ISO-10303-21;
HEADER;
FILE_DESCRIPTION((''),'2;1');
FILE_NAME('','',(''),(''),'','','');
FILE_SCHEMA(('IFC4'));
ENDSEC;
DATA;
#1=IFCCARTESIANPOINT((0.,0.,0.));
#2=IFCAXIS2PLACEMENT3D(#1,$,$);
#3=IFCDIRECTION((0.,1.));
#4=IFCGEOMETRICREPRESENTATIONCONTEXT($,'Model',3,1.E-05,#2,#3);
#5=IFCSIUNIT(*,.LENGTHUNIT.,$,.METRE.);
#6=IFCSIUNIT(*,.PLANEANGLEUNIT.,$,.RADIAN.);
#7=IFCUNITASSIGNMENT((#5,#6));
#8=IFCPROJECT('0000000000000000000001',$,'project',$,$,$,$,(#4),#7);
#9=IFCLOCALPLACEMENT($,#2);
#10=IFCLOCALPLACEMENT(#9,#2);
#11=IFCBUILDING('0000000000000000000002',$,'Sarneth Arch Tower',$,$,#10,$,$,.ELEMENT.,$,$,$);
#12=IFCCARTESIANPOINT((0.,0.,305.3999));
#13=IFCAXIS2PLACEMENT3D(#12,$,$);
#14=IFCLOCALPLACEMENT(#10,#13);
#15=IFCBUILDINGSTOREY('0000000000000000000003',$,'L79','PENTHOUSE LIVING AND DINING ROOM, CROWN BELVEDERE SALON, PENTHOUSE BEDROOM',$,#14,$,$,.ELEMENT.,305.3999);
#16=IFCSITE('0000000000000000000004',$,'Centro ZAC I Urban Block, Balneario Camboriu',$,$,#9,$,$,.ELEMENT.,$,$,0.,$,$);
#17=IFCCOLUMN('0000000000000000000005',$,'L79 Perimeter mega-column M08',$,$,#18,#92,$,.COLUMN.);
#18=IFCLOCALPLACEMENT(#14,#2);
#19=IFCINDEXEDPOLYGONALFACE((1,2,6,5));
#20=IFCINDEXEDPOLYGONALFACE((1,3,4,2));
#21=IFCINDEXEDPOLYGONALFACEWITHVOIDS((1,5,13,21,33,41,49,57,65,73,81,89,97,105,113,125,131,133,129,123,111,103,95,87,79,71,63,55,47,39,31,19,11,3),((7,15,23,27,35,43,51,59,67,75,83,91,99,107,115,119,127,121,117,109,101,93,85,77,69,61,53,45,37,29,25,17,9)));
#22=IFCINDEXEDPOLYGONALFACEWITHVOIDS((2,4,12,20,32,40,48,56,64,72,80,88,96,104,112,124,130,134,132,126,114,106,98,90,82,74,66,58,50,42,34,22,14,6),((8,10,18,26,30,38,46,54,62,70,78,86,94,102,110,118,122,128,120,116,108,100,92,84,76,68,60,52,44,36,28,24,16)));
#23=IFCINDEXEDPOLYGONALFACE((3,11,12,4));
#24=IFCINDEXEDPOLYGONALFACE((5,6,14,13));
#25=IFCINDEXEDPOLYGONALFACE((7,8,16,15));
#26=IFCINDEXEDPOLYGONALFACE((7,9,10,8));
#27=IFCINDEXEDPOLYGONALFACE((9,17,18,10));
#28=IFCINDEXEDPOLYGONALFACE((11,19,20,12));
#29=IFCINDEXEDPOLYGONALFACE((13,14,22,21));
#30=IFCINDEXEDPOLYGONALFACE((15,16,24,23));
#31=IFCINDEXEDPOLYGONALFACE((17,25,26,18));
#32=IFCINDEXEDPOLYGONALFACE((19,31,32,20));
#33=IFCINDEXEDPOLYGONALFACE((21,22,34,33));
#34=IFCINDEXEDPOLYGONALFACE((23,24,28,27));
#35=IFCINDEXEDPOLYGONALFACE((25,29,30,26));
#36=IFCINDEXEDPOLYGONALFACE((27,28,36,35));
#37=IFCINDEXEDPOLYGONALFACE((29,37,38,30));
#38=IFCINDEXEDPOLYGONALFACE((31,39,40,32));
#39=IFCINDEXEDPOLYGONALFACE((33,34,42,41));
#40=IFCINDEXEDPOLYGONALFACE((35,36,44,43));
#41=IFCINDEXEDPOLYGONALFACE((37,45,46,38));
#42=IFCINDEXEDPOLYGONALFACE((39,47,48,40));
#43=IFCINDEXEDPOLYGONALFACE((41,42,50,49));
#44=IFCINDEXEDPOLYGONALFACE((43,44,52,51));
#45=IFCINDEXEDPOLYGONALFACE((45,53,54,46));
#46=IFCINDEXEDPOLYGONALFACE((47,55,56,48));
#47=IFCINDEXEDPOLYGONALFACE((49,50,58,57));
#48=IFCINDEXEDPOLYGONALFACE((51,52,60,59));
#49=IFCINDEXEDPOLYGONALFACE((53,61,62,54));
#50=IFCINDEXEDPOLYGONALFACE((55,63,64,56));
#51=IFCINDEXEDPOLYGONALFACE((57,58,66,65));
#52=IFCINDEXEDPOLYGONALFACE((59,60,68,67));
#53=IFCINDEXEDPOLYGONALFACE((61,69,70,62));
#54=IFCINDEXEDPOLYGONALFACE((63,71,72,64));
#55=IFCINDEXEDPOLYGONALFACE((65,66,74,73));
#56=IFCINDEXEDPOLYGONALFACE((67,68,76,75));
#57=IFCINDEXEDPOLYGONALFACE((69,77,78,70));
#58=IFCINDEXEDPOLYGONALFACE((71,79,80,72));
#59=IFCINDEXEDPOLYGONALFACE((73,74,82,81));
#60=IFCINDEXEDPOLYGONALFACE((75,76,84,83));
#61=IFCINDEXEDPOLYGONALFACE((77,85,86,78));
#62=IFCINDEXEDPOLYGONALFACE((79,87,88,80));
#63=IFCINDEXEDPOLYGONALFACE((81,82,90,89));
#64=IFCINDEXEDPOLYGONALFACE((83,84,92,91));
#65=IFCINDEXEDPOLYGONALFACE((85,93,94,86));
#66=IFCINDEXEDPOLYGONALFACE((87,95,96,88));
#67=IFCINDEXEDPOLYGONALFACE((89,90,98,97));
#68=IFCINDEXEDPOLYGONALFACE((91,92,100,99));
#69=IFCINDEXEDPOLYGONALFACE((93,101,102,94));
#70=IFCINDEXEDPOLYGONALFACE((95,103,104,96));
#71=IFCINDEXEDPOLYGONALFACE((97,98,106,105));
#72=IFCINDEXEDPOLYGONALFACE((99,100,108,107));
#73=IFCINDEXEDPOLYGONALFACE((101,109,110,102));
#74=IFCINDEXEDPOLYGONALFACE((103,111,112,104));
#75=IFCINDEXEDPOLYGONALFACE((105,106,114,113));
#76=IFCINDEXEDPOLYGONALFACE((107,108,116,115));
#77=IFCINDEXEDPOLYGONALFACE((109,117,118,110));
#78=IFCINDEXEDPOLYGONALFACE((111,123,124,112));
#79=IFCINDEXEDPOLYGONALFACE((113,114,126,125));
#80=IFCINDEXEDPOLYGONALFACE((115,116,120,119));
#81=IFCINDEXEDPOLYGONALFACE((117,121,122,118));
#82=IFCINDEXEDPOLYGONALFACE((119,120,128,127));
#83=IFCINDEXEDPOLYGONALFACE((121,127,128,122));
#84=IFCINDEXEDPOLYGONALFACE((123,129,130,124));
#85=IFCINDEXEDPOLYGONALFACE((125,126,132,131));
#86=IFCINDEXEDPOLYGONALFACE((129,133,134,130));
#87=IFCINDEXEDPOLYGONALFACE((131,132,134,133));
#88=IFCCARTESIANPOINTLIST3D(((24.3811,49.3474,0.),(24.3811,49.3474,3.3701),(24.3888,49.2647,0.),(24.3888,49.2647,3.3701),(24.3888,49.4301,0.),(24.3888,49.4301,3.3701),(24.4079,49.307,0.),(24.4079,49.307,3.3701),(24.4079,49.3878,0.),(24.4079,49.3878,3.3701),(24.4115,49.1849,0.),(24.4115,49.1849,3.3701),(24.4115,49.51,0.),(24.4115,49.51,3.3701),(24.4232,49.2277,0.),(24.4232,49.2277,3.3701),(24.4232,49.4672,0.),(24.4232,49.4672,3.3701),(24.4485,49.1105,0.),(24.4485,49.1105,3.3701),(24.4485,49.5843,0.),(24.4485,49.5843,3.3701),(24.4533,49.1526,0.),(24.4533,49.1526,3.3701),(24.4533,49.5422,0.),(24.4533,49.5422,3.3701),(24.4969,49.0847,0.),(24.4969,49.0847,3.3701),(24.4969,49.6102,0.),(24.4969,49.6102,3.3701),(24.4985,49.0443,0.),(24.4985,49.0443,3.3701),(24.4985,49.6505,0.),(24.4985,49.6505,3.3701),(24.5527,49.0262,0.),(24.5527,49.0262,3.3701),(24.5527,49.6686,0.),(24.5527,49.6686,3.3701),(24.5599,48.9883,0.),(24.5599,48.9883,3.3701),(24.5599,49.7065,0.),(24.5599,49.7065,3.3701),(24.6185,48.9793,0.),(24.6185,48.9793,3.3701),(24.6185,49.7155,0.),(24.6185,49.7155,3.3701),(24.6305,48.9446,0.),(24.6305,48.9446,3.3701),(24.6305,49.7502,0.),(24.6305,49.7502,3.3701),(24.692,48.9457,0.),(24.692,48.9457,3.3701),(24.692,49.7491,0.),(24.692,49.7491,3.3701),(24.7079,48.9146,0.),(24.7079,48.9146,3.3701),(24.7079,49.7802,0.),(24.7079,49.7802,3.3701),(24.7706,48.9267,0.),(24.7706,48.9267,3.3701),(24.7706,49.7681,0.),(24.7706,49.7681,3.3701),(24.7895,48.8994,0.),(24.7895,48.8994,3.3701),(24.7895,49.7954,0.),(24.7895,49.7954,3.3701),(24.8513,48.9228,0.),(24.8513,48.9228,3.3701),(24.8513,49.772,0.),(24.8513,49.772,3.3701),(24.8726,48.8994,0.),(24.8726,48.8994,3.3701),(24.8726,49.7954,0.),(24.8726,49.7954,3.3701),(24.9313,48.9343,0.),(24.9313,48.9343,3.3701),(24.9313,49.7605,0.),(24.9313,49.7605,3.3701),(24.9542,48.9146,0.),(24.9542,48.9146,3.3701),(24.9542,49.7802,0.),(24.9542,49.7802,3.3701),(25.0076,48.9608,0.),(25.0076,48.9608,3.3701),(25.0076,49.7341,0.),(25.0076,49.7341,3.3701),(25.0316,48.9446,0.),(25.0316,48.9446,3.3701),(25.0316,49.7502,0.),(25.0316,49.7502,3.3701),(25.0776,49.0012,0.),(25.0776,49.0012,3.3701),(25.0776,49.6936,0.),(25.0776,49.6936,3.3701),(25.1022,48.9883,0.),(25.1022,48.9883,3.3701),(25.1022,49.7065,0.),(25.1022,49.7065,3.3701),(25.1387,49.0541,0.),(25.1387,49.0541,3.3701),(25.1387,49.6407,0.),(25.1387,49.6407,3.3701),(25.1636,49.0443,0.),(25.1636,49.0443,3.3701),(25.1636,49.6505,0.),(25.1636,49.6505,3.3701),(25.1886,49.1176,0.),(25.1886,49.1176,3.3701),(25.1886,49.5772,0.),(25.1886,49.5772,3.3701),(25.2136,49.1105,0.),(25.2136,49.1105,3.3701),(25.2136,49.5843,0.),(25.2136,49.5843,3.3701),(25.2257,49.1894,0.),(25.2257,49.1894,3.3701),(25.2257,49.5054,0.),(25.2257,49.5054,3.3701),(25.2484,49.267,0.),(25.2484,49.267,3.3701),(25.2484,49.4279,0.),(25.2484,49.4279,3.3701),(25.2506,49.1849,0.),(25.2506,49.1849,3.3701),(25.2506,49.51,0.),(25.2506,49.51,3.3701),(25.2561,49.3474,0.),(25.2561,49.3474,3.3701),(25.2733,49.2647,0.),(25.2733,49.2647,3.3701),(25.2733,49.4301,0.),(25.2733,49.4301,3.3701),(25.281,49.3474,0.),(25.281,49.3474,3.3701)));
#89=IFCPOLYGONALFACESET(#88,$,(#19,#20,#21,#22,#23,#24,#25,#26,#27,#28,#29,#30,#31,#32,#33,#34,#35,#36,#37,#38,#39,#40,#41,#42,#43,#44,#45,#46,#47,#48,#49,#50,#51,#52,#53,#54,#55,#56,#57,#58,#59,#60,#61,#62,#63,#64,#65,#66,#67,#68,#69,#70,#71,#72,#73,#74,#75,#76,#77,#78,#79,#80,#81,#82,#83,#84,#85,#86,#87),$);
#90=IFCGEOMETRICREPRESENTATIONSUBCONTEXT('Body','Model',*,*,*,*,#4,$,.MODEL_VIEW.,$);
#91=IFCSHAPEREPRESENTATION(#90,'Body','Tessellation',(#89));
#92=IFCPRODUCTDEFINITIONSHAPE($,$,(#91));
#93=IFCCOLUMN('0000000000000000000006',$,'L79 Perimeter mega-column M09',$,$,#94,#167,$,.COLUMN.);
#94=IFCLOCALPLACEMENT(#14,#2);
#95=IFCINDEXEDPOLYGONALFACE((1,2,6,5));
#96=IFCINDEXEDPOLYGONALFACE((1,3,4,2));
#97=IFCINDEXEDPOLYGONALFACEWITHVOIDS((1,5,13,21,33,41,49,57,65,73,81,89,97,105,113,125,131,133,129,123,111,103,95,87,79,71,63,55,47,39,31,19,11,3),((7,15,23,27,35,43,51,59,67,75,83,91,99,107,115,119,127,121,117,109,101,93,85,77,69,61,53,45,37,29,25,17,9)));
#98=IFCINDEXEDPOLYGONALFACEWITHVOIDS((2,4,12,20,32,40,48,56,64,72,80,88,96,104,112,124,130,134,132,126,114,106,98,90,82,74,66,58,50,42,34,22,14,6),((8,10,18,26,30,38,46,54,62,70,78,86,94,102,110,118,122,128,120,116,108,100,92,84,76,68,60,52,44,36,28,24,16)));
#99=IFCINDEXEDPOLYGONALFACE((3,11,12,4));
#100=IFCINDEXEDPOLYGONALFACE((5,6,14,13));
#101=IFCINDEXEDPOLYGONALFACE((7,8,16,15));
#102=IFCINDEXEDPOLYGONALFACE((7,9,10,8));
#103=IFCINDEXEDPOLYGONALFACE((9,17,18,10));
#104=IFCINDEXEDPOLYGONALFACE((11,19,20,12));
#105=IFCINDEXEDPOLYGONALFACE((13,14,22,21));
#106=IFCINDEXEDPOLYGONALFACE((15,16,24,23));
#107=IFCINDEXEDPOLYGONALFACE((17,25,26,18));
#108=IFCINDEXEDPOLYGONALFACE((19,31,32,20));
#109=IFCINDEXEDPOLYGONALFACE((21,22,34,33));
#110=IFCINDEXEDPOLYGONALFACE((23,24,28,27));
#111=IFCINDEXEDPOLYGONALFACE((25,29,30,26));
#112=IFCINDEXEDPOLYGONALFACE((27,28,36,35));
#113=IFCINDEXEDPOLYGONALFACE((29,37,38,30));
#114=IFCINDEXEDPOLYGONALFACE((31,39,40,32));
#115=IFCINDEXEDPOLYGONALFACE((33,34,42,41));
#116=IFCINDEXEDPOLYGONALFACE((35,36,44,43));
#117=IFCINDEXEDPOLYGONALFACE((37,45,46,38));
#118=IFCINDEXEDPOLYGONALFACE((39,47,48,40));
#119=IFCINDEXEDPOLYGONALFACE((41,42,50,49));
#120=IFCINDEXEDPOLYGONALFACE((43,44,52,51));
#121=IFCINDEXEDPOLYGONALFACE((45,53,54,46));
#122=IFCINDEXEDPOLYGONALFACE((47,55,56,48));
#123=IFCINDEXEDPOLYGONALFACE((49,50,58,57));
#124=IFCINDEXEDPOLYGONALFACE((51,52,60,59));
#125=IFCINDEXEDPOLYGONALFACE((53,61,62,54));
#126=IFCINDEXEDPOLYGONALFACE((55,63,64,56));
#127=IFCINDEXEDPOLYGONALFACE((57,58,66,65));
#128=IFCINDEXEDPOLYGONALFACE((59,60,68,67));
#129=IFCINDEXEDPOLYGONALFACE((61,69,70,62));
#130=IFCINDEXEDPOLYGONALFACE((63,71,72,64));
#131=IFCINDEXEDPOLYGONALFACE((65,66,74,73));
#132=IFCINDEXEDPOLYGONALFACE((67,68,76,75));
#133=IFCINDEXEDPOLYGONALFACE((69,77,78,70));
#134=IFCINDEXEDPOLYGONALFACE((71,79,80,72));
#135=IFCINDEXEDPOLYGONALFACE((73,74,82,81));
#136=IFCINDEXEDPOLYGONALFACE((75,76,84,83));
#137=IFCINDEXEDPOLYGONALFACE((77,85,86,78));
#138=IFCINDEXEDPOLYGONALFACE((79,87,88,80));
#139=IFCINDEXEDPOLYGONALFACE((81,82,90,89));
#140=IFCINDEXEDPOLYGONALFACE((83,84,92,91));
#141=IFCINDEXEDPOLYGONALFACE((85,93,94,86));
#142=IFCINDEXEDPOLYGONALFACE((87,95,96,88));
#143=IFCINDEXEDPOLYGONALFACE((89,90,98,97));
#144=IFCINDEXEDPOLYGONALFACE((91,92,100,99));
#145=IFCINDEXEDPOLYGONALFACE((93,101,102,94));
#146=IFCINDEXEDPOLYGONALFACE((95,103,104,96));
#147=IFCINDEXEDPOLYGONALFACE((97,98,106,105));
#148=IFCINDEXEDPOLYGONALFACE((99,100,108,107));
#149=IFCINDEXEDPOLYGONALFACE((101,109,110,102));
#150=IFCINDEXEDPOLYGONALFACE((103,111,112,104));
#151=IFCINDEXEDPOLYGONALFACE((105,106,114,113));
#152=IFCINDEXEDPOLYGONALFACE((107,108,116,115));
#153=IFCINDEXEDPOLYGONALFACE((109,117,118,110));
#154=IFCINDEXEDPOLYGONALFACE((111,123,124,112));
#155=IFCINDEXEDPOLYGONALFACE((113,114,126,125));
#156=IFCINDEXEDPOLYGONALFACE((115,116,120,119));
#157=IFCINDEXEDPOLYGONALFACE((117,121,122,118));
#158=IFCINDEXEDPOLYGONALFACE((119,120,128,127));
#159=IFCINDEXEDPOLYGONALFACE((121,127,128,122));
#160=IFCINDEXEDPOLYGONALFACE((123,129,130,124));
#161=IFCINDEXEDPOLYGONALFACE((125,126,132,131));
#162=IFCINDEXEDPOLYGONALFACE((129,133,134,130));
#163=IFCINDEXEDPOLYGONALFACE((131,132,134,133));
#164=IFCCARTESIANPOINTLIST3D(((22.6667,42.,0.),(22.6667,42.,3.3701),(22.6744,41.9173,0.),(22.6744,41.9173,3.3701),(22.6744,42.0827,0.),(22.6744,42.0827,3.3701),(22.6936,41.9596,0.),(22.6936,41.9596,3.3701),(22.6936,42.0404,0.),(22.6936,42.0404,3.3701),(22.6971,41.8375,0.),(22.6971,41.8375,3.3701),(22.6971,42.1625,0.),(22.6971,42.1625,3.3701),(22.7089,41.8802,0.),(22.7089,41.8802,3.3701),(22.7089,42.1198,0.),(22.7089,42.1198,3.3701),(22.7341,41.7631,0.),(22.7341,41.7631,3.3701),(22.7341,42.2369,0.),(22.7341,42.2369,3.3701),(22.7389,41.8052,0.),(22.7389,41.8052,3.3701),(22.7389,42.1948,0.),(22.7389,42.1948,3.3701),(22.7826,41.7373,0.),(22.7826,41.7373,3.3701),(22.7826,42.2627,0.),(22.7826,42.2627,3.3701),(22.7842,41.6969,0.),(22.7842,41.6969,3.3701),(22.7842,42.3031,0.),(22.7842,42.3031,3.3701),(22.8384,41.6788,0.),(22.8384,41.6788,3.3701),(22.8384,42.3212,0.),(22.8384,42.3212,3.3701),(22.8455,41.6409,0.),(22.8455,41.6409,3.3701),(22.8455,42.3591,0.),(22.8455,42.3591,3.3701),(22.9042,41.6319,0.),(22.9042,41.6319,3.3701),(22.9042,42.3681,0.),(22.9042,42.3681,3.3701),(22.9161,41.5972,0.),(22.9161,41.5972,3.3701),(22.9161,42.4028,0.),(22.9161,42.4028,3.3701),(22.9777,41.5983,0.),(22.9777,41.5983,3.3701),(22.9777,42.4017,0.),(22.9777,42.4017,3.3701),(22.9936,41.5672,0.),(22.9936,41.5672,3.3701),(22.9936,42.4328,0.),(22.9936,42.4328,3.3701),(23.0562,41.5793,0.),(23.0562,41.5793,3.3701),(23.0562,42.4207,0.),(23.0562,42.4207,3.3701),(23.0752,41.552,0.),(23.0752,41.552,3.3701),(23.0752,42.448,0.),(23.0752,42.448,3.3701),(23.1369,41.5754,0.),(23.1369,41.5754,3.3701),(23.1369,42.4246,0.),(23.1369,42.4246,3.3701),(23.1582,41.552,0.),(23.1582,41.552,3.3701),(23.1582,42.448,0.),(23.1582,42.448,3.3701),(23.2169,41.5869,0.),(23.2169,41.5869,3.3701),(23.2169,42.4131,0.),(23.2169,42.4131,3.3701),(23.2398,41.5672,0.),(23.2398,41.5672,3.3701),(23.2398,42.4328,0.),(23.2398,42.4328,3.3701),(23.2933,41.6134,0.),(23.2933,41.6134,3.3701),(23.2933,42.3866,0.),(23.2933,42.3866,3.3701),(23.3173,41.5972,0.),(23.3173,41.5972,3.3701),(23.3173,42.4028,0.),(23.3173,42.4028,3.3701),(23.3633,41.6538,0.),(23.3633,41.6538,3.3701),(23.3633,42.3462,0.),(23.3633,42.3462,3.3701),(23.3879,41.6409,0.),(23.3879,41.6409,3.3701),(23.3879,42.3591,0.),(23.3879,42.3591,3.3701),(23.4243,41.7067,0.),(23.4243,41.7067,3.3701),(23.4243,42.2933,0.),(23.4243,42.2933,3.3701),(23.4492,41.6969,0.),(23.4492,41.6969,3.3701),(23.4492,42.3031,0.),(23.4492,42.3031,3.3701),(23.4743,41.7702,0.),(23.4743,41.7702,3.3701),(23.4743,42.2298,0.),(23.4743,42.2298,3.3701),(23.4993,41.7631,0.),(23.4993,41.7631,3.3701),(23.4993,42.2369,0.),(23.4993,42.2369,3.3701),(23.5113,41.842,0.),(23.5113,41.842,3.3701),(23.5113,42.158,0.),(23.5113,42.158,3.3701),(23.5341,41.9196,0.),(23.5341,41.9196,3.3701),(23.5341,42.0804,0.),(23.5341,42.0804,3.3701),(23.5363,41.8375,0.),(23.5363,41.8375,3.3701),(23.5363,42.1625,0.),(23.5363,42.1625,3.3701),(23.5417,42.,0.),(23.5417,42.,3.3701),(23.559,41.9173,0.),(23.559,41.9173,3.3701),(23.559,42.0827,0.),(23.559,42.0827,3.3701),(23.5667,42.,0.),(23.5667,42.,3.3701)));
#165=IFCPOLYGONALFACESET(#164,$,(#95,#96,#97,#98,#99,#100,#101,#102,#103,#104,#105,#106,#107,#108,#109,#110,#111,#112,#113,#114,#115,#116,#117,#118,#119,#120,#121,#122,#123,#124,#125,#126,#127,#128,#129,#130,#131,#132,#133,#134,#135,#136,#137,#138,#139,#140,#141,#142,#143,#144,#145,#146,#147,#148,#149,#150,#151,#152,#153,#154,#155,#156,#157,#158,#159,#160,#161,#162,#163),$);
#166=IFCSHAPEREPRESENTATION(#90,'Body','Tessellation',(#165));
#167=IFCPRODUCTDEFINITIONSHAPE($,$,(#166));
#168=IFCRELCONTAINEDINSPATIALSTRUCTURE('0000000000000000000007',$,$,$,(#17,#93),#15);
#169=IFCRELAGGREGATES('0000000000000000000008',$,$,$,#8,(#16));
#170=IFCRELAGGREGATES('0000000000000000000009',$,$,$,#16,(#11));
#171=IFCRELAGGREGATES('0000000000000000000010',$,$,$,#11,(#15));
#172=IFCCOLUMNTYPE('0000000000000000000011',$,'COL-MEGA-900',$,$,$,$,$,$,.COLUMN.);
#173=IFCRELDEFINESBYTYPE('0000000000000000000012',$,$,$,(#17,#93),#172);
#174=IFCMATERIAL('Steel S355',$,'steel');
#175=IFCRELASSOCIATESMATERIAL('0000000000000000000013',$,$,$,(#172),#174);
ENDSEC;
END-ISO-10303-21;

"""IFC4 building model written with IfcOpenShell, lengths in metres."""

from ifc_helpers import new_model, si_unit, direction, frame, origin, origin_2d, place, context, subcontext, project, spatial, hollow_circle, extrude, material, material_profile, profile_set, type_object, element, save


model = new_model("IFC4")

# Units and contexts
model_context = context("Model", 3, precision=1e-05, world=origin(), true_north=direction((0.0, 1.0)))
body_context = subcontext(model_context, "Body", "Model", "MODEL_VIEW")
ifc_project = project(units=[si_unit("LENGTHUNIT", "METRE"), si_unit("PLANEANGLEUNIT", "RADIAN")], contexts=[model_context])

# Site, building, storey
site_placement = place(None, origin())
site = spatial("IfcSite", under=ifc_project, at=site_placement, Name="Centro ZAC I Urban Block, Balneario Camboriu", CompositionType="ELEMENT", RefElevation=0.0)
building_placement = place(site_placement, origin())
building = spatial("IfcBuilding", under=site, at=building_placement, Name="Sarneth Arch Tower", CompositionType="ELEMENT")
storey_placement = place(building_placement, frame((0.0, 0.0, 305.3999)))
storey = spatial("IfcBuildingStorey", under=building, at=storey_placement, Name="L79", Description="PENTHOUSE LIVING AND DINING ROOM, CROWN BELVEDERE SALON, PENTHOUSE BEDROOM", CompositionType="ELEMENT", Elevation=305.3999)

# Columns
ifc_material_1 = material(Name="Steel S355", Category="steel")
ifc_material_profile_1 = material_profile(ifc_material_1, hollow_circle(Radius=0.45, WallThickness=0.0249, at=origin_2d()), Name="CHS900x25")
ifc_profile_set_1 = profile_set([ifc_material_profile_1], Name="Steel S355")
column_type = type_object("IfcColumnType", Name="COL-MEGA-900", PredefinedType="COLUMN", material=ifc_profile_set_1)
for number, where, z_axis, x_axis, name in (
    (1, (24.8311, 49.3474, 0.0), (0.0, 0.0, 1.0), (1.0, 0.0, 0.0), "L79 Perimeter mega-column M08"),
    (2, (23.1167, 42.0, 0.0), (0.0, 0.0, 1.0), (1.0, 0.0, 0.0), "L79 Perimeter mega-column M09"),
):
    element("IfcColumn", number, at=place(storey_placement, frame(where, z_axis=z_axis, x_axis=x_axis)), inside=storey, type_object=column_type, Name=name, PredefinedType="COLUMN", context=body_context, shape_type="SweptSolid", body=[
        extrude(hollow_circle(Radius=0.45, WallThickness=0.0249, at=origin_2d()), origin(), (0.0, 0.0, 1.0), 3.3701),
    ])

save(model, "model.ifc")
